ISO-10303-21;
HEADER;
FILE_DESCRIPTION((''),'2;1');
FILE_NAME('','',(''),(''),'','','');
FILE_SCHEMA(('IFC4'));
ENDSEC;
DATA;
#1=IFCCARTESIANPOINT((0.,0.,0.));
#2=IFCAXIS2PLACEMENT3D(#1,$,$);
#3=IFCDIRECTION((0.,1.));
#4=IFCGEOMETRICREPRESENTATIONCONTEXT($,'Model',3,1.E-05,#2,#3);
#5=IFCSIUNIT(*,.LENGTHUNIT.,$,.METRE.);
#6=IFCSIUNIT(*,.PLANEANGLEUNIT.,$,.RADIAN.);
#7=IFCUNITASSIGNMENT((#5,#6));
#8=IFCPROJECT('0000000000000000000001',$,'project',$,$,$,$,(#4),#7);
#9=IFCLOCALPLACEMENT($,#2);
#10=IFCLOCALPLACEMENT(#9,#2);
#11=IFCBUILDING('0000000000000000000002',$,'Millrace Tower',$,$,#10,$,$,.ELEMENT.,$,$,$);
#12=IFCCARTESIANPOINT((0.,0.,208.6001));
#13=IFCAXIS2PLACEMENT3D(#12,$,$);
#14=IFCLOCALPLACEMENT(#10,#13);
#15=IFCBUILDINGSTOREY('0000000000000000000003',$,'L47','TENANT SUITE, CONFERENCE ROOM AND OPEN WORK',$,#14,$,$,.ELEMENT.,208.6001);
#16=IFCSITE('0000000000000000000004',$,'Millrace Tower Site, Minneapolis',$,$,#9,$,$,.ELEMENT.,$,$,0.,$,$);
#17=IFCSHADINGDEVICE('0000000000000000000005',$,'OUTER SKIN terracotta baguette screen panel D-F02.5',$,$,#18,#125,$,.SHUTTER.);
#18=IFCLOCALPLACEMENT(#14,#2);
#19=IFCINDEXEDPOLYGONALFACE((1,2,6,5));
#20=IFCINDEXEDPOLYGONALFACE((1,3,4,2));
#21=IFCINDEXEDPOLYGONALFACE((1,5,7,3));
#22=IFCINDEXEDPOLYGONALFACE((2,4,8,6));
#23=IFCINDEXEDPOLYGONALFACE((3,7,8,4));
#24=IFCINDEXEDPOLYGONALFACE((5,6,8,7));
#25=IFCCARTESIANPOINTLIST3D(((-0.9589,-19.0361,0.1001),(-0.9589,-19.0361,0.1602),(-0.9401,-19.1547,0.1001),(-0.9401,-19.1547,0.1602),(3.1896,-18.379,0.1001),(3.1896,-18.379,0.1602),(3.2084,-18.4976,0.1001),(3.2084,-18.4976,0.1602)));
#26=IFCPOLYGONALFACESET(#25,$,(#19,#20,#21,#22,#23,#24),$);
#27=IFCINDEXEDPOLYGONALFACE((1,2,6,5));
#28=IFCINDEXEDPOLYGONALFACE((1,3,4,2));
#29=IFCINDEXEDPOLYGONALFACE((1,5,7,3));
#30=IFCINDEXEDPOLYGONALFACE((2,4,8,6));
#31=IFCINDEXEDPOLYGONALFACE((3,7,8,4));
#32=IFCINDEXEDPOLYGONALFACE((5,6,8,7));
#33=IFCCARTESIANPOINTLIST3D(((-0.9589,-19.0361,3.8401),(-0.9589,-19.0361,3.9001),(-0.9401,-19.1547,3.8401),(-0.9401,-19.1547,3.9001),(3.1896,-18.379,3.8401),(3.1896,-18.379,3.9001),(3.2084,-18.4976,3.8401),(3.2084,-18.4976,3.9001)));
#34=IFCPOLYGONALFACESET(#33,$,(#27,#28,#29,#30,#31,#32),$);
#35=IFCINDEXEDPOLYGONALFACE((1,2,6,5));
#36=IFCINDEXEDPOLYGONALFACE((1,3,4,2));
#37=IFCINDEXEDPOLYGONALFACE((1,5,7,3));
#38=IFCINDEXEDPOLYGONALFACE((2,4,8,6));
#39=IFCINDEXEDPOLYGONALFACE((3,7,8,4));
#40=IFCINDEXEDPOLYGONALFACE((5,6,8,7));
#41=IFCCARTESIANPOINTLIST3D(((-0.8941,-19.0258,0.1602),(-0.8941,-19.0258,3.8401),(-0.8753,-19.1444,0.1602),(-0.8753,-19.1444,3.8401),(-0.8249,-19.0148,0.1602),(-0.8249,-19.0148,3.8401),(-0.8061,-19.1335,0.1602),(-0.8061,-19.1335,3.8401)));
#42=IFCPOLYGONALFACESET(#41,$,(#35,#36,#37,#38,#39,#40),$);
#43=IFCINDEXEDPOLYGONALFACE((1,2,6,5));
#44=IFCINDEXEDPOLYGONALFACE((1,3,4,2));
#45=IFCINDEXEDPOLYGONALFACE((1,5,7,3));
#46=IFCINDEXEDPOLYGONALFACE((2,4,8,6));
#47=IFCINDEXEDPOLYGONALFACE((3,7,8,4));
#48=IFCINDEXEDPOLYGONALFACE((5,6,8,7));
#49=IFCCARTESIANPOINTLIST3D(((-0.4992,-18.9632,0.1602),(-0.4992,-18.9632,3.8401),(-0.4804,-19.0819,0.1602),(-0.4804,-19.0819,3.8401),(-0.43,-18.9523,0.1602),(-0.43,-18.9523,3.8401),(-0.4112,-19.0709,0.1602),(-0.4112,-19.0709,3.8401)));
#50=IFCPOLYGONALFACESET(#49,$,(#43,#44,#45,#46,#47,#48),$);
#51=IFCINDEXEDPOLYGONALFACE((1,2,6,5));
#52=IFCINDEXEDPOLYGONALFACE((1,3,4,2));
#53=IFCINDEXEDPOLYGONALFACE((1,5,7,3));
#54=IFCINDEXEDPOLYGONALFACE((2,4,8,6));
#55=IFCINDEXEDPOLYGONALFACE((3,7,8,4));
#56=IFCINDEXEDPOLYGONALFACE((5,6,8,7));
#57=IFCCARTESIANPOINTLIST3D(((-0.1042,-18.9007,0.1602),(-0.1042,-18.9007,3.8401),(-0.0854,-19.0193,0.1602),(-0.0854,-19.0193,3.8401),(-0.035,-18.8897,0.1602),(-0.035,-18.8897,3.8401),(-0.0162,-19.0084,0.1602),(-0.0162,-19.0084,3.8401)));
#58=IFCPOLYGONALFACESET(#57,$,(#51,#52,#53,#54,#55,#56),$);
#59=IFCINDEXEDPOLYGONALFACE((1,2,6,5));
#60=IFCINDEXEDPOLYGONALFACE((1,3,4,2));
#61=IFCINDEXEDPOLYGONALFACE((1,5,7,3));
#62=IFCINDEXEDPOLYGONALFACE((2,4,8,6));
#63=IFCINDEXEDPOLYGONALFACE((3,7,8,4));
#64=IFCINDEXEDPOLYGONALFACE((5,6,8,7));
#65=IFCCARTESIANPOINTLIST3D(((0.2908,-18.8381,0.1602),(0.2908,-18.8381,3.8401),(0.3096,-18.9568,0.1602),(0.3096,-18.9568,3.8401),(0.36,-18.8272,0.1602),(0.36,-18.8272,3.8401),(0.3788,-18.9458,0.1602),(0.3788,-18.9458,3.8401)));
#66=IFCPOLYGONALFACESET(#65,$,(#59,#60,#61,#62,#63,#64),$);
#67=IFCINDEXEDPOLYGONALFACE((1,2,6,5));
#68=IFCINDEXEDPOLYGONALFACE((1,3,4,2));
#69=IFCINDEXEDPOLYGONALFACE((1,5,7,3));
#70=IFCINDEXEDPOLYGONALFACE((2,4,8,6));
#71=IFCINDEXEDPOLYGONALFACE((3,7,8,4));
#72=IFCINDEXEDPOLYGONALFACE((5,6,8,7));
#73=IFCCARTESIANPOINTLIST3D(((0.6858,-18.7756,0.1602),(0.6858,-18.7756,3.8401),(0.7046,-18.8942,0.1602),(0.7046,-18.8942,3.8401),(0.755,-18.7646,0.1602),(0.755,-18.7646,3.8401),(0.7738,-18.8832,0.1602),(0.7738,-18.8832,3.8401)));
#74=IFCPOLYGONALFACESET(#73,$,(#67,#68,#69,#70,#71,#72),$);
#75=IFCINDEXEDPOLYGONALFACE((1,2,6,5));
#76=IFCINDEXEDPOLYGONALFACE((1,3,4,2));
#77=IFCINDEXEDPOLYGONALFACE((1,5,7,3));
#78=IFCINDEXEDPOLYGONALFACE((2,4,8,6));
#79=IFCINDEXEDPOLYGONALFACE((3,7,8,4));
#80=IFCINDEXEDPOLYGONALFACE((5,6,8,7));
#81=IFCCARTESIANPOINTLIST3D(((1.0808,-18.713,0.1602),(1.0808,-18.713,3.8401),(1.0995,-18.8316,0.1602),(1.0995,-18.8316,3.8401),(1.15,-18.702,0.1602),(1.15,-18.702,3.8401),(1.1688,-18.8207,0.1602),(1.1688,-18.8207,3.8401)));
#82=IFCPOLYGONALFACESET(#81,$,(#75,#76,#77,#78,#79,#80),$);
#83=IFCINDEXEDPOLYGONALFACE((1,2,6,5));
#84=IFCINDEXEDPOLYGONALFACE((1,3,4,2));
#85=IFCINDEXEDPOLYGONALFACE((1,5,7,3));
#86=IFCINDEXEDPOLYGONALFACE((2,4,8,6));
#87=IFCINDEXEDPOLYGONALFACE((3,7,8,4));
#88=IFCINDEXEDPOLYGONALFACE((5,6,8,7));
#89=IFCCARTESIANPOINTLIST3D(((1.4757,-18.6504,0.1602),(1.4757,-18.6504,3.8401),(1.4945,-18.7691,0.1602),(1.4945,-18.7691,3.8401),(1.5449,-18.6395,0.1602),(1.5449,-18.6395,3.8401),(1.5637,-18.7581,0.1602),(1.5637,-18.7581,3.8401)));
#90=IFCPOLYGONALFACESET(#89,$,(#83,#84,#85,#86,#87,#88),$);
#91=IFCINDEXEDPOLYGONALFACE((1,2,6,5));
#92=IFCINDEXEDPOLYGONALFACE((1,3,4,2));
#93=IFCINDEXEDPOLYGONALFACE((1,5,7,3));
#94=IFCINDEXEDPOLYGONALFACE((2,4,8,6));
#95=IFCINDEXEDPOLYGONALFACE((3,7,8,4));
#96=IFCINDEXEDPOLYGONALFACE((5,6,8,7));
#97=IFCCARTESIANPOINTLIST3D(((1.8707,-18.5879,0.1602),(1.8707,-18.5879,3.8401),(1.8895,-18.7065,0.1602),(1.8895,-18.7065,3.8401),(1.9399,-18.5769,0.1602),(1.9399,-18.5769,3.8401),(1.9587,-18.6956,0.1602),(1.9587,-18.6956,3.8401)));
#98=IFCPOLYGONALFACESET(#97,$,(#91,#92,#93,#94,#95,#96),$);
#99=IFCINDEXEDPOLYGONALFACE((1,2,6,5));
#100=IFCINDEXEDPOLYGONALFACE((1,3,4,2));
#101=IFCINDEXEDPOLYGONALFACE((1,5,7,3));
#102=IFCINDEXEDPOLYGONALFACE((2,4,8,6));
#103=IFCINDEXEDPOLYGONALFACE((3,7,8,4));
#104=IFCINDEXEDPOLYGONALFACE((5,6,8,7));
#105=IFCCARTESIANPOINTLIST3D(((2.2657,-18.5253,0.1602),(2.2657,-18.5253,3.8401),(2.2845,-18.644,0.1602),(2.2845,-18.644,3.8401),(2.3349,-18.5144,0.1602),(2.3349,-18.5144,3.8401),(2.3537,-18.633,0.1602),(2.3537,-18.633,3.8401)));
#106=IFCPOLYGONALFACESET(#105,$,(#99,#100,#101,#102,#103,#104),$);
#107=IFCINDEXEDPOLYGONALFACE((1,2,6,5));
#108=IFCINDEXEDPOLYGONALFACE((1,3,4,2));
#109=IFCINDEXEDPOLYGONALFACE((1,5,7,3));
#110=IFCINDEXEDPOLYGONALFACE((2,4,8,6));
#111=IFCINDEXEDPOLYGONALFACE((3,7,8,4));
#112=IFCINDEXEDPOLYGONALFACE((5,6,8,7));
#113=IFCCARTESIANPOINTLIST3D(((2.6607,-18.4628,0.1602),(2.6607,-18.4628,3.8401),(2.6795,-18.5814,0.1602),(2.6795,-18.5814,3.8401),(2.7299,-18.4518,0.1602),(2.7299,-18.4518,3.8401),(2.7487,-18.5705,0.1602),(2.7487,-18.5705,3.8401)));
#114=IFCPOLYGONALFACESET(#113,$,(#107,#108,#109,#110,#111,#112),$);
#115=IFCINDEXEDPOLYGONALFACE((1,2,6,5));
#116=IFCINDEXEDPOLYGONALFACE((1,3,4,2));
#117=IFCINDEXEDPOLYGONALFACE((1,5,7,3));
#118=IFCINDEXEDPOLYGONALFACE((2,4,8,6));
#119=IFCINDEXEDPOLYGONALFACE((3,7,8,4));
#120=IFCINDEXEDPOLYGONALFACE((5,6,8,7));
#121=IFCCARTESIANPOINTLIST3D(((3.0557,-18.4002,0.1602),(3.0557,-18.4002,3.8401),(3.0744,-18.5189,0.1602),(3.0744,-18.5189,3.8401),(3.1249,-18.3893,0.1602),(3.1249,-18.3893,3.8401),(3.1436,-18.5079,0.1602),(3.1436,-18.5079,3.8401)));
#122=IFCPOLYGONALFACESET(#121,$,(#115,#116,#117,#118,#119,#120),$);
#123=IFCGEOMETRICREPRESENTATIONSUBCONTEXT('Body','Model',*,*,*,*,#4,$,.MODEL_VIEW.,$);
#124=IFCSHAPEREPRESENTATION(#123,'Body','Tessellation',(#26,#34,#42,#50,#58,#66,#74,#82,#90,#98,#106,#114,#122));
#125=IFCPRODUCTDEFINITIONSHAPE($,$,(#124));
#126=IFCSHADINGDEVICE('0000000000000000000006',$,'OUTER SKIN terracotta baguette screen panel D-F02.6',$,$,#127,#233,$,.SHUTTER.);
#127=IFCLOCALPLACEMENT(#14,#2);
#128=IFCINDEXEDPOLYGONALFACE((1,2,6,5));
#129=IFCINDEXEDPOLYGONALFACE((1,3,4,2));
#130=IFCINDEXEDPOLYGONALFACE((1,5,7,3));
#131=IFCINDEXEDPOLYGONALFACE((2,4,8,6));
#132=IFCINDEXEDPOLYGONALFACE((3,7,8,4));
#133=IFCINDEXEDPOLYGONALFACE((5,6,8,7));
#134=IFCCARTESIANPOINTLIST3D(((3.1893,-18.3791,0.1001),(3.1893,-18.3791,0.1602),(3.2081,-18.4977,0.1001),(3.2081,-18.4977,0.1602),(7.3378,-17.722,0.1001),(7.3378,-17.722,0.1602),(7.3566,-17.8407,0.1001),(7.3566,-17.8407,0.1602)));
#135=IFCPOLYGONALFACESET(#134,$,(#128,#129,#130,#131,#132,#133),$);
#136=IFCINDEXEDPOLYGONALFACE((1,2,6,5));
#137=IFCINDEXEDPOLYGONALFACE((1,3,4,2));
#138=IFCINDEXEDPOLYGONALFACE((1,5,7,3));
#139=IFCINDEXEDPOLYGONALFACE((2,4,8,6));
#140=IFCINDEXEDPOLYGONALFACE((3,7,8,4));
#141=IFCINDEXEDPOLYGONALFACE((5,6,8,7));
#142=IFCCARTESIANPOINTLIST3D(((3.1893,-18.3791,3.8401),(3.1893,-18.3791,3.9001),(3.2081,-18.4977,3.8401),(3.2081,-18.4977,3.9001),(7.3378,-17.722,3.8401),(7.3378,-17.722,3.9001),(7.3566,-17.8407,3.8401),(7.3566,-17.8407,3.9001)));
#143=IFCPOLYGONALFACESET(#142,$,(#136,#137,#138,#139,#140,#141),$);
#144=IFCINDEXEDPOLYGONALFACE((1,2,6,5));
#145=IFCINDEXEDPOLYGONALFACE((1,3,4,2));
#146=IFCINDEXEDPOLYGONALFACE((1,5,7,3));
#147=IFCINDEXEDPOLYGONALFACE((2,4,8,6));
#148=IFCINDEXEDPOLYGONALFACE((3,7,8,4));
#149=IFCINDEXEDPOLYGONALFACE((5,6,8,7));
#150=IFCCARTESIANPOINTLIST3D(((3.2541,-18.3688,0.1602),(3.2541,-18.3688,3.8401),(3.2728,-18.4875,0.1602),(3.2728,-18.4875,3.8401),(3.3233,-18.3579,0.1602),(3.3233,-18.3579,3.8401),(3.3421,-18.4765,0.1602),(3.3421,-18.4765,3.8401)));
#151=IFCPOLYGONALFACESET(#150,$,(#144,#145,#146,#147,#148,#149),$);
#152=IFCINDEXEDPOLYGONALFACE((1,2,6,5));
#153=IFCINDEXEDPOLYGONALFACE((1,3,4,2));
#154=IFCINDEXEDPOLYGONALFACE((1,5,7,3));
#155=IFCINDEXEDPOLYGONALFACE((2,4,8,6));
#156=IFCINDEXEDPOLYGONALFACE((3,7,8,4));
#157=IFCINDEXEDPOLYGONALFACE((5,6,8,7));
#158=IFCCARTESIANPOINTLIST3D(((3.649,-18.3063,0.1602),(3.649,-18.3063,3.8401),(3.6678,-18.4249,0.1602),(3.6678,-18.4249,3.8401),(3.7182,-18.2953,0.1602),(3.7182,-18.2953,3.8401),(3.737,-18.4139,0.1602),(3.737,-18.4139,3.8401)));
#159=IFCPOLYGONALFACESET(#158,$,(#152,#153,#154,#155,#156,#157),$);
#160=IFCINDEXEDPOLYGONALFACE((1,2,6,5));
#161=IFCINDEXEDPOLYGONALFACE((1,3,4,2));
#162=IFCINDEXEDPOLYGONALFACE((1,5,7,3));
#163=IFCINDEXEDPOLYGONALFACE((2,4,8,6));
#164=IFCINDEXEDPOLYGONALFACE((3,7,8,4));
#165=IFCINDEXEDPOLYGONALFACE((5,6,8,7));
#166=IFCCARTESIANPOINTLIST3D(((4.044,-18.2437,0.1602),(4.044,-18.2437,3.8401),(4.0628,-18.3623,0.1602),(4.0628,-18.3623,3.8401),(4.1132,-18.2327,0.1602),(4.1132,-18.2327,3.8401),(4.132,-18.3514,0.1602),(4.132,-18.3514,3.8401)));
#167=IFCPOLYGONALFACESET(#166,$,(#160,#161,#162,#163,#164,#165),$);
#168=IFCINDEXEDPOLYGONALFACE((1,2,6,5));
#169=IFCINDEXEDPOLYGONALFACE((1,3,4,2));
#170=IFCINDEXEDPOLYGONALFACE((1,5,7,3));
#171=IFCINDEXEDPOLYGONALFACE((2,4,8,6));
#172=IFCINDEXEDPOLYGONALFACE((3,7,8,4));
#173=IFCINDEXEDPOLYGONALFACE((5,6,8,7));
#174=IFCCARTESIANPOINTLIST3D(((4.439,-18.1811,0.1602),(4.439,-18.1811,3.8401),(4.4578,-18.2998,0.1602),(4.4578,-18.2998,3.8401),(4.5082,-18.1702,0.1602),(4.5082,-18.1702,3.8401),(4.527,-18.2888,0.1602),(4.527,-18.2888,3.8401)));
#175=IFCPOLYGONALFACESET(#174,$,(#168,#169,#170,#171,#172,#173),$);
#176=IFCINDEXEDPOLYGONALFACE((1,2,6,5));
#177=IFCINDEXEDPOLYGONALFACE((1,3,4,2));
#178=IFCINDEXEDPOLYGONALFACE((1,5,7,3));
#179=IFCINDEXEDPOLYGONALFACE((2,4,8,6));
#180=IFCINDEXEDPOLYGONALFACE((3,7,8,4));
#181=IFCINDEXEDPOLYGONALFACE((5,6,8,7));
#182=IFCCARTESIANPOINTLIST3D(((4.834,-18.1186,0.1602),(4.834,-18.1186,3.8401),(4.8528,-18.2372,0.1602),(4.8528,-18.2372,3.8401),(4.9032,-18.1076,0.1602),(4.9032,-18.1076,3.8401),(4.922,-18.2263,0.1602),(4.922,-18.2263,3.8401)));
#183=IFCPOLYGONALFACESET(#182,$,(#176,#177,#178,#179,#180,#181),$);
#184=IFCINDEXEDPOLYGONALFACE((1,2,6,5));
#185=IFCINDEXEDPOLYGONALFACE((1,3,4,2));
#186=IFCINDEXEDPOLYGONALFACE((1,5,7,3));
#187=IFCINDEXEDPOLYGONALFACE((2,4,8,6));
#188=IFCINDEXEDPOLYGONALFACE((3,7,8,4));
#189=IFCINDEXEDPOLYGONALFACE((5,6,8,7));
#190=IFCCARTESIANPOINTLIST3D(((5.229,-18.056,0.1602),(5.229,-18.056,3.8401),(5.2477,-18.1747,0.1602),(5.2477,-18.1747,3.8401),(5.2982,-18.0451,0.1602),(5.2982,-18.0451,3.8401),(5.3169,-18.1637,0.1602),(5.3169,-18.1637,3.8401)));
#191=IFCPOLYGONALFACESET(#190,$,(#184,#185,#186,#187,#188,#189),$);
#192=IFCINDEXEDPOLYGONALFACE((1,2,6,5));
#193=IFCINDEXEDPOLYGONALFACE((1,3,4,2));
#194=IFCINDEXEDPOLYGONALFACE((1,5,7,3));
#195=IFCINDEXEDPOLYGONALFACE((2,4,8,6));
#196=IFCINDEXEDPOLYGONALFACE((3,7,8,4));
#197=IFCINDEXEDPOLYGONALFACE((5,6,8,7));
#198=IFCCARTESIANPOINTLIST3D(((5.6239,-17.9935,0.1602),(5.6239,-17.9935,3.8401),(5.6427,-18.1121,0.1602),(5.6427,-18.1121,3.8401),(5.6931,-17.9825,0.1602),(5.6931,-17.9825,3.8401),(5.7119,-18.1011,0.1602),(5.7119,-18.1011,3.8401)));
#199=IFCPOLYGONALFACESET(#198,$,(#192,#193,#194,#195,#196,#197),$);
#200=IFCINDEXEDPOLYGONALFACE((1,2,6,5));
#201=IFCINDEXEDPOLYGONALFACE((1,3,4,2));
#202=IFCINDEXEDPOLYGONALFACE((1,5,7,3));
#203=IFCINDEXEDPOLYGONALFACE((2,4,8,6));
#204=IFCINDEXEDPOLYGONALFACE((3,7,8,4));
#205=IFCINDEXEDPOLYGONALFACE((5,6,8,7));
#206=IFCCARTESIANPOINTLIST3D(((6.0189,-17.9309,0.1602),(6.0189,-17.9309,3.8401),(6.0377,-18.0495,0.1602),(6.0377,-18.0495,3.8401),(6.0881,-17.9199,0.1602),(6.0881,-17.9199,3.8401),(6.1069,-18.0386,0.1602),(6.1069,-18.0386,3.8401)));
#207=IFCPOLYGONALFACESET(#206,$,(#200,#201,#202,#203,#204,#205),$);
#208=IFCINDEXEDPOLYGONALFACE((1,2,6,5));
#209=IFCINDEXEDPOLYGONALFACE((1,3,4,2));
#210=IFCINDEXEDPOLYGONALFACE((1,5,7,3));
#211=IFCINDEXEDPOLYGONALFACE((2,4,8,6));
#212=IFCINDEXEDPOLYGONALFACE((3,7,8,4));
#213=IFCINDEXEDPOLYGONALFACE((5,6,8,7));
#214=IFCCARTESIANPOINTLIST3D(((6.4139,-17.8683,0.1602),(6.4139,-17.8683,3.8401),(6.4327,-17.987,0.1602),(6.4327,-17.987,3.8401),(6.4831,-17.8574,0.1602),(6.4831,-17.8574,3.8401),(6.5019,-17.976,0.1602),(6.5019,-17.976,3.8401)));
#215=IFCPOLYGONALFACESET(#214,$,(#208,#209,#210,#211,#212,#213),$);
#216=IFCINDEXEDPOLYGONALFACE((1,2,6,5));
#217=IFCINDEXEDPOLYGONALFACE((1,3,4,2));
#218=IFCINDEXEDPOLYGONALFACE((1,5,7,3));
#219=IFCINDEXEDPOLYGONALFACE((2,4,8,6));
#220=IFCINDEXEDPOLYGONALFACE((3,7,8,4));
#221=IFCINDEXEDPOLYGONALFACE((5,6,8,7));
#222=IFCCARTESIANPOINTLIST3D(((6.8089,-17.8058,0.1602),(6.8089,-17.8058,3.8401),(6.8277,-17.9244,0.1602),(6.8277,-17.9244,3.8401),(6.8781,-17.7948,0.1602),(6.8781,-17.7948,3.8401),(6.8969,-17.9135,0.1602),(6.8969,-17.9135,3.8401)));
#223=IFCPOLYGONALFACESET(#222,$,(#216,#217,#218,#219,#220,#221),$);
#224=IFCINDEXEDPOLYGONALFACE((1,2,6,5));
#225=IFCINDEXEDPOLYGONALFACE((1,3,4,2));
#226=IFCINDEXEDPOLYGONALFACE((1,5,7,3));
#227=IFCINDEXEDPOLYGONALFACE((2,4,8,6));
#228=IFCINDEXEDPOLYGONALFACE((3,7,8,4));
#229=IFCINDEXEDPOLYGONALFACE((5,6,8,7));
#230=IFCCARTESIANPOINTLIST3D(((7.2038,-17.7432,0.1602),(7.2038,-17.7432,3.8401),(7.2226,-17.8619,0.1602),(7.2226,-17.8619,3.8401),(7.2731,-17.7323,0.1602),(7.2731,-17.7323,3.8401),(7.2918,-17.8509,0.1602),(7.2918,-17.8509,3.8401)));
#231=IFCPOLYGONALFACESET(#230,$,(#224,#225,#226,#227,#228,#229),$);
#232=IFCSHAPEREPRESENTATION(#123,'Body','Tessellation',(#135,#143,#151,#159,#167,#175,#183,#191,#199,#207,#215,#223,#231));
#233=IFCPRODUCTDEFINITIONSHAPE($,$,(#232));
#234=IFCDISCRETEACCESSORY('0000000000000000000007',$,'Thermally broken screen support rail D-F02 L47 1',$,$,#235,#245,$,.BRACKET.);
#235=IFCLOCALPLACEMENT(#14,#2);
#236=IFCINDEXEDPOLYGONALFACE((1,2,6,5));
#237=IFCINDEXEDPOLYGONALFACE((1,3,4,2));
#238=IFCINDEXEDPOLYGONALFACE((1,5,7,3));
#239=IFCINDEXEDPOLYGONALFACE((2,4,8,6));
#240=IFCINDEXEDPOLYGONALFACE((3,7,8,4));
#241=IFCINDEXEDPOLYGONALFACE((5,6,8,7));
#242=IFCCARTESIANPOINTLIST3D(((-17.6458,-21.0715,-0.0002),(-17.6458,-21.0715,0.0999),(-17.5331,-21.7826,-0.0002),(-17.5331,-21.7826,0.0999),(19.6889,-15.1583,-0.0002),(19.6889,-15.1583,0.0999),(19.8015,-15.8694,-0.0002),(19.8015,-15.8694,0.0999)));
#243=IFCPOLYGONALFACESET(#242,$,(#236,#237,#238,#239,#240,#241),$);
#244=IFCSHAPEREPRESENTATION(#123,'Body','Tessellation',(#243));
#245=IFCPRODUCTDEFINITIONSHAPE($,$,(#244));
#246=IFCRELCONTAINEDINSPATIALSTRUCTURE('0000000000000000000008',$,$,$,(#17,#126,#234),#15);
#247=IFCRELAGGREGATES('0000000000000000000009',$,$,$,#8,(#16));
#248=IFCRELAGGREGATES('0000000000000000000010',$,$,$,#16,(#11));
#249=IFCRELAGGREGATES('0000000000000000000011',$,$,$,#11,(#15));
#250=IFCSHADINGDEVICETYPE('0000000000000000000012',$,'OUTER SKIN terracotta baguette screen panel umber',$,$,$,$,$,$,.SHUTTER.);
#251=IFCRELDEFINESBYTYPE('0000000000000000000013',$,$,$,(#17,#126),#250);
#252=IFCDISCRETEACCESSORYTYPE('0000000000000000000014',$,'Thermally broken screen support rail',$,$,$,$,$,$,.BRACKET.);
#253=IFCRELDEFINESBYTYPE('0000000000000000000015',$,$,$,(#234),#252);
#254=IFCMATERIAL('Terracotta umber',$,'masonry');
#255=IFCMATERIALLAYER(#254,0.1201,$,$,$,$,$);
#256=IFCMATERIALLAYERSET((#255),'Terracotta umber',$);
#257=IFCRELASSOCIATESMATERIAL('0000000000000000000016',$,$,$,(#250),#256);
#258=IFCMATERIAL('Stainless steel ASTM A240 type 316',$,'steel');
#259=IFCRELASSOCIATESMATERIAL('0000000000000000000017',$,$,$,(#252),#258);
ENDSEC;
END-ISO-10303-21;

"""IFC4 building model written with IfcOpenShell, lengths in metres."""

from ifc_helpers import new_model, entity, si_unit, direction, frame, frame_2d, origin, origin_2d, place, context, subcontext, project, spatial, rectangle, extrude, source, transform, mapped, material, layer, layer_set, type_object, element, save


model = new_model("IFC4")

# Units and contexts
model_context = context("Model", 3, precision=1e-05, world=origin(), true_north=direction((0.0, 1.0)))
body_context = subcontext(model_context, "Body", "Model", "MODEL_VIEW")
ifc_project = project(units=[si_unit("LENGTHUNIT", "METRE"), si_unit("PLANEANGLEUNIT", "RADIAN")], contexts=[model_context])

# Site, building, storey
site_placement = place(None, origin())
site = spatial("IfcSite", under=ifc_project, at=site_placement, Name="Millrace Tower Site, Minneapolis", CompositionType="ELEMENT", RefElevation=0.0)
building_placement = place(site_placement, origin())
building = spatial("IfcBuilding", under=site, at=building_placement, Name="Millrace Tower", CompositionType="ELEMENT")
storey_placement = place(building_placement, frame((0.0, 0.0, 208.6001)))
storey = spatial("IfcBuildingStorey", under=building, at=storey_placement, Name="L47", Description="TENANT SUITE, CONFERENCE ROOM AND OPEN WORK", CompositionType="ELEMENT", Elevation=208.6001)

# Shading devices
ifc_material_1 = material(Name="Terracotta umber", Category="masonry")
ifc_layer_1 = layer(ifc_material_1, 0.1201)
ifc_layer_set_1 = layer_set([ifc_layer_1], Name="Terracotta umber")
shading_device_type = type_object("IfcShadingDeviceType", Name="OUTER SKIN terracotta baguette screen panel umber", PredefinedType="SHUTTER", material=ifc_layer_set_1)
cartesian_point = entity("IfcCartesianPoint", [-2.1001, 0.0601])
shared_polyline = entity("IfcPolyline", [cartesian_point, entity("IfcCartesianPoint", [2.1001, 0.0601]), entity("IfcCartesianPoint", [2.1001, -0.0601]), entity("IfcCartesianPoint", [-2.1001, -0.0601]), cartesian_point])
shared_shape = source(origin(), body_context, "Body", "SweptSolid", [
    entity("IfcExtrudedAreaSolid", entity("IfcArbitraryClosedProfileDef", "AREA", None, shared_polyline), entity("IfcAxis2Placement3D", entity("IfcCartesianPoint", [0.0, 0.0, 0.0])), entity("IfcDirection", [0.0, 0.0, 1.0]), 0.0601),
    entity("IfcExtrudedAreaSolid", entity("IfcArbitraryClosedProfileDef", "AREA", None, shared_polyline), entity("IfcAxis2Placement3D", entity("IfcCartesianPoint", [0.0, 0.0, 3.74])), entity("IfcDirection", [0.0, 0.0, 1.0]), 0.0601),
    extrude(rectangle(XDim=0.0701, YDim=0.1201, at=frame_2d((-1.9995, 0.0))), frame((0.0, 0.0, 0.0601)), (0.0, 0.0, 1.0), 3.6799),
    extrude(rectangle(XDim=0.0701, YDim=0.1201, at=frame_2d((-1.5996, 0.0))), frame((0.0, 0.0, 0.0601)), (0.0, 0.0, 1.0), 3.6799),
    extrude(rectangle(XDim=0.0701, YDim=0.1201, at=frame_2d((-1.1997, 0.0))), frame((0.0, 0.0, 0.0601)), (0.0, 0.0, 1.0), 3.6799),
    extrude(rectangle(XDim=0.0701, YDim=0.1201, at=frame_2d((-0.7998, 0.0))), frame((0.0, 0.0, 0.0601)), (0.0, 0.0, 1.0), 3.6799),
    extrude(rectangle(XDim=0.0701, YDim=0.1201, at=frame_2d((-0.3999, 0.0))), frame((0.0, 0.0, 0.0601)), (0.0, 0.0, 1.0), 3.6799),
    extrude(rectangle(XDim=0.0701, YDim=0.1201, at=origin_2d()), frame((0.0, 0.0, 0.0601)), (0.0, 0.0, 1.0), 3.6799),
    extrude(rectangle(XDim=0.0701, YDim=0.1201, at=frame_2d((0.3999, 0.0))), frame((0.0, 0.0, 0.0601)), (0.0, 0.0, 1.0), 3.6799),
    extrude(rectangle(XDim=0.0701, YDim=0.1201, at=frame_2d((0.7998, 0.0))), frame((0.0, 0.0, 0.0601)), (0.0, 0.0, 1.0), 3.6799),
    extrude(rectangle(XDim=0.0701, YDim=0.1201, at=frame_2d((1.1997, 0.0))), frame((0.0, 0.0, 0.0601)), (0.0, 0.0, 1.0), 3.6799),
    extrude(rectangle(XDim=0.0701, YDim=0.1201, at=frame_2d((1.5996, 0.0))), frame((0.0, 0.0, 0.0601)), (0.0, 0.0, 1.0), 3.6799),
    extrude(rectangle(XDim=0.0701, YDim=0.1201, at=frame_2d((1.9995, 0.0))), frame((0.0, 0.0, 0.0601)), (0.0, 0.0, 1.0), 3.6799),
])
for number, where, z_axis, x_axis, name in (
    (1, (1.1248, -18.7668, 0.1001), (0.0, 0.0, 1.0), (0.987688, 0.156434, 0.0), "OUTER SKIN terracotta baguette screen panel D-F02.5"),
    (2, (5.2729, -18.1099, 0.1001), (0.0, 0.0, 1.0), (0.987688, 0.156434, 0.0), "OUTER SKIN terracotta baguette screen panel D-F02.6"),
):
    element("IfcShadingDevice", number, at=place(storey_placement, frame(where, z_axis=z_axis, x_axis=x_axis)), inside=storey, type_object=shading_device_type, Name=name, PredefinedType="SHUTTER", context=body_context, shape_type="MappedRepresentation", body=[
        mapped(shared_shape, transform((0.0, 0.0, 0.0), scale=1.0)),
    ])

# Discrete accessory
ifc_material_2 = material(Name="Stainless steel ASTM A240 type 316", Category="steel")
discrete_accessory_type = type_object("IfcDiscreteAccessoryType", Name="Thermally broken screen support rail", PredefinedType="BRACKET", material=ifc_material_2)
discrete_accessory_placement = place(storey_placement, frame((1.0779, -18.4705, -0.0002), z_axis=(0.0, 0.0, 1.0), x_axis=(0.987688, 0.156434, 0.0)))
element("IfcDiscreteAccessory", 3, at=discrete_accessory_placement, inside=storey, type_object=discrete_accessory_type, Name="Thermally broken screen support rail D-F02 L47 1", PredefinedType="BRACKET", context=body_context, shape_type="SweptSolid", body=[
    extrude(rectangle(XDim=37.8, YDim=0.72, at=origin_2d()), origin(), (0.0, 0.0, 1.0), 0.1001),
])

save(model, "model.ifc")
